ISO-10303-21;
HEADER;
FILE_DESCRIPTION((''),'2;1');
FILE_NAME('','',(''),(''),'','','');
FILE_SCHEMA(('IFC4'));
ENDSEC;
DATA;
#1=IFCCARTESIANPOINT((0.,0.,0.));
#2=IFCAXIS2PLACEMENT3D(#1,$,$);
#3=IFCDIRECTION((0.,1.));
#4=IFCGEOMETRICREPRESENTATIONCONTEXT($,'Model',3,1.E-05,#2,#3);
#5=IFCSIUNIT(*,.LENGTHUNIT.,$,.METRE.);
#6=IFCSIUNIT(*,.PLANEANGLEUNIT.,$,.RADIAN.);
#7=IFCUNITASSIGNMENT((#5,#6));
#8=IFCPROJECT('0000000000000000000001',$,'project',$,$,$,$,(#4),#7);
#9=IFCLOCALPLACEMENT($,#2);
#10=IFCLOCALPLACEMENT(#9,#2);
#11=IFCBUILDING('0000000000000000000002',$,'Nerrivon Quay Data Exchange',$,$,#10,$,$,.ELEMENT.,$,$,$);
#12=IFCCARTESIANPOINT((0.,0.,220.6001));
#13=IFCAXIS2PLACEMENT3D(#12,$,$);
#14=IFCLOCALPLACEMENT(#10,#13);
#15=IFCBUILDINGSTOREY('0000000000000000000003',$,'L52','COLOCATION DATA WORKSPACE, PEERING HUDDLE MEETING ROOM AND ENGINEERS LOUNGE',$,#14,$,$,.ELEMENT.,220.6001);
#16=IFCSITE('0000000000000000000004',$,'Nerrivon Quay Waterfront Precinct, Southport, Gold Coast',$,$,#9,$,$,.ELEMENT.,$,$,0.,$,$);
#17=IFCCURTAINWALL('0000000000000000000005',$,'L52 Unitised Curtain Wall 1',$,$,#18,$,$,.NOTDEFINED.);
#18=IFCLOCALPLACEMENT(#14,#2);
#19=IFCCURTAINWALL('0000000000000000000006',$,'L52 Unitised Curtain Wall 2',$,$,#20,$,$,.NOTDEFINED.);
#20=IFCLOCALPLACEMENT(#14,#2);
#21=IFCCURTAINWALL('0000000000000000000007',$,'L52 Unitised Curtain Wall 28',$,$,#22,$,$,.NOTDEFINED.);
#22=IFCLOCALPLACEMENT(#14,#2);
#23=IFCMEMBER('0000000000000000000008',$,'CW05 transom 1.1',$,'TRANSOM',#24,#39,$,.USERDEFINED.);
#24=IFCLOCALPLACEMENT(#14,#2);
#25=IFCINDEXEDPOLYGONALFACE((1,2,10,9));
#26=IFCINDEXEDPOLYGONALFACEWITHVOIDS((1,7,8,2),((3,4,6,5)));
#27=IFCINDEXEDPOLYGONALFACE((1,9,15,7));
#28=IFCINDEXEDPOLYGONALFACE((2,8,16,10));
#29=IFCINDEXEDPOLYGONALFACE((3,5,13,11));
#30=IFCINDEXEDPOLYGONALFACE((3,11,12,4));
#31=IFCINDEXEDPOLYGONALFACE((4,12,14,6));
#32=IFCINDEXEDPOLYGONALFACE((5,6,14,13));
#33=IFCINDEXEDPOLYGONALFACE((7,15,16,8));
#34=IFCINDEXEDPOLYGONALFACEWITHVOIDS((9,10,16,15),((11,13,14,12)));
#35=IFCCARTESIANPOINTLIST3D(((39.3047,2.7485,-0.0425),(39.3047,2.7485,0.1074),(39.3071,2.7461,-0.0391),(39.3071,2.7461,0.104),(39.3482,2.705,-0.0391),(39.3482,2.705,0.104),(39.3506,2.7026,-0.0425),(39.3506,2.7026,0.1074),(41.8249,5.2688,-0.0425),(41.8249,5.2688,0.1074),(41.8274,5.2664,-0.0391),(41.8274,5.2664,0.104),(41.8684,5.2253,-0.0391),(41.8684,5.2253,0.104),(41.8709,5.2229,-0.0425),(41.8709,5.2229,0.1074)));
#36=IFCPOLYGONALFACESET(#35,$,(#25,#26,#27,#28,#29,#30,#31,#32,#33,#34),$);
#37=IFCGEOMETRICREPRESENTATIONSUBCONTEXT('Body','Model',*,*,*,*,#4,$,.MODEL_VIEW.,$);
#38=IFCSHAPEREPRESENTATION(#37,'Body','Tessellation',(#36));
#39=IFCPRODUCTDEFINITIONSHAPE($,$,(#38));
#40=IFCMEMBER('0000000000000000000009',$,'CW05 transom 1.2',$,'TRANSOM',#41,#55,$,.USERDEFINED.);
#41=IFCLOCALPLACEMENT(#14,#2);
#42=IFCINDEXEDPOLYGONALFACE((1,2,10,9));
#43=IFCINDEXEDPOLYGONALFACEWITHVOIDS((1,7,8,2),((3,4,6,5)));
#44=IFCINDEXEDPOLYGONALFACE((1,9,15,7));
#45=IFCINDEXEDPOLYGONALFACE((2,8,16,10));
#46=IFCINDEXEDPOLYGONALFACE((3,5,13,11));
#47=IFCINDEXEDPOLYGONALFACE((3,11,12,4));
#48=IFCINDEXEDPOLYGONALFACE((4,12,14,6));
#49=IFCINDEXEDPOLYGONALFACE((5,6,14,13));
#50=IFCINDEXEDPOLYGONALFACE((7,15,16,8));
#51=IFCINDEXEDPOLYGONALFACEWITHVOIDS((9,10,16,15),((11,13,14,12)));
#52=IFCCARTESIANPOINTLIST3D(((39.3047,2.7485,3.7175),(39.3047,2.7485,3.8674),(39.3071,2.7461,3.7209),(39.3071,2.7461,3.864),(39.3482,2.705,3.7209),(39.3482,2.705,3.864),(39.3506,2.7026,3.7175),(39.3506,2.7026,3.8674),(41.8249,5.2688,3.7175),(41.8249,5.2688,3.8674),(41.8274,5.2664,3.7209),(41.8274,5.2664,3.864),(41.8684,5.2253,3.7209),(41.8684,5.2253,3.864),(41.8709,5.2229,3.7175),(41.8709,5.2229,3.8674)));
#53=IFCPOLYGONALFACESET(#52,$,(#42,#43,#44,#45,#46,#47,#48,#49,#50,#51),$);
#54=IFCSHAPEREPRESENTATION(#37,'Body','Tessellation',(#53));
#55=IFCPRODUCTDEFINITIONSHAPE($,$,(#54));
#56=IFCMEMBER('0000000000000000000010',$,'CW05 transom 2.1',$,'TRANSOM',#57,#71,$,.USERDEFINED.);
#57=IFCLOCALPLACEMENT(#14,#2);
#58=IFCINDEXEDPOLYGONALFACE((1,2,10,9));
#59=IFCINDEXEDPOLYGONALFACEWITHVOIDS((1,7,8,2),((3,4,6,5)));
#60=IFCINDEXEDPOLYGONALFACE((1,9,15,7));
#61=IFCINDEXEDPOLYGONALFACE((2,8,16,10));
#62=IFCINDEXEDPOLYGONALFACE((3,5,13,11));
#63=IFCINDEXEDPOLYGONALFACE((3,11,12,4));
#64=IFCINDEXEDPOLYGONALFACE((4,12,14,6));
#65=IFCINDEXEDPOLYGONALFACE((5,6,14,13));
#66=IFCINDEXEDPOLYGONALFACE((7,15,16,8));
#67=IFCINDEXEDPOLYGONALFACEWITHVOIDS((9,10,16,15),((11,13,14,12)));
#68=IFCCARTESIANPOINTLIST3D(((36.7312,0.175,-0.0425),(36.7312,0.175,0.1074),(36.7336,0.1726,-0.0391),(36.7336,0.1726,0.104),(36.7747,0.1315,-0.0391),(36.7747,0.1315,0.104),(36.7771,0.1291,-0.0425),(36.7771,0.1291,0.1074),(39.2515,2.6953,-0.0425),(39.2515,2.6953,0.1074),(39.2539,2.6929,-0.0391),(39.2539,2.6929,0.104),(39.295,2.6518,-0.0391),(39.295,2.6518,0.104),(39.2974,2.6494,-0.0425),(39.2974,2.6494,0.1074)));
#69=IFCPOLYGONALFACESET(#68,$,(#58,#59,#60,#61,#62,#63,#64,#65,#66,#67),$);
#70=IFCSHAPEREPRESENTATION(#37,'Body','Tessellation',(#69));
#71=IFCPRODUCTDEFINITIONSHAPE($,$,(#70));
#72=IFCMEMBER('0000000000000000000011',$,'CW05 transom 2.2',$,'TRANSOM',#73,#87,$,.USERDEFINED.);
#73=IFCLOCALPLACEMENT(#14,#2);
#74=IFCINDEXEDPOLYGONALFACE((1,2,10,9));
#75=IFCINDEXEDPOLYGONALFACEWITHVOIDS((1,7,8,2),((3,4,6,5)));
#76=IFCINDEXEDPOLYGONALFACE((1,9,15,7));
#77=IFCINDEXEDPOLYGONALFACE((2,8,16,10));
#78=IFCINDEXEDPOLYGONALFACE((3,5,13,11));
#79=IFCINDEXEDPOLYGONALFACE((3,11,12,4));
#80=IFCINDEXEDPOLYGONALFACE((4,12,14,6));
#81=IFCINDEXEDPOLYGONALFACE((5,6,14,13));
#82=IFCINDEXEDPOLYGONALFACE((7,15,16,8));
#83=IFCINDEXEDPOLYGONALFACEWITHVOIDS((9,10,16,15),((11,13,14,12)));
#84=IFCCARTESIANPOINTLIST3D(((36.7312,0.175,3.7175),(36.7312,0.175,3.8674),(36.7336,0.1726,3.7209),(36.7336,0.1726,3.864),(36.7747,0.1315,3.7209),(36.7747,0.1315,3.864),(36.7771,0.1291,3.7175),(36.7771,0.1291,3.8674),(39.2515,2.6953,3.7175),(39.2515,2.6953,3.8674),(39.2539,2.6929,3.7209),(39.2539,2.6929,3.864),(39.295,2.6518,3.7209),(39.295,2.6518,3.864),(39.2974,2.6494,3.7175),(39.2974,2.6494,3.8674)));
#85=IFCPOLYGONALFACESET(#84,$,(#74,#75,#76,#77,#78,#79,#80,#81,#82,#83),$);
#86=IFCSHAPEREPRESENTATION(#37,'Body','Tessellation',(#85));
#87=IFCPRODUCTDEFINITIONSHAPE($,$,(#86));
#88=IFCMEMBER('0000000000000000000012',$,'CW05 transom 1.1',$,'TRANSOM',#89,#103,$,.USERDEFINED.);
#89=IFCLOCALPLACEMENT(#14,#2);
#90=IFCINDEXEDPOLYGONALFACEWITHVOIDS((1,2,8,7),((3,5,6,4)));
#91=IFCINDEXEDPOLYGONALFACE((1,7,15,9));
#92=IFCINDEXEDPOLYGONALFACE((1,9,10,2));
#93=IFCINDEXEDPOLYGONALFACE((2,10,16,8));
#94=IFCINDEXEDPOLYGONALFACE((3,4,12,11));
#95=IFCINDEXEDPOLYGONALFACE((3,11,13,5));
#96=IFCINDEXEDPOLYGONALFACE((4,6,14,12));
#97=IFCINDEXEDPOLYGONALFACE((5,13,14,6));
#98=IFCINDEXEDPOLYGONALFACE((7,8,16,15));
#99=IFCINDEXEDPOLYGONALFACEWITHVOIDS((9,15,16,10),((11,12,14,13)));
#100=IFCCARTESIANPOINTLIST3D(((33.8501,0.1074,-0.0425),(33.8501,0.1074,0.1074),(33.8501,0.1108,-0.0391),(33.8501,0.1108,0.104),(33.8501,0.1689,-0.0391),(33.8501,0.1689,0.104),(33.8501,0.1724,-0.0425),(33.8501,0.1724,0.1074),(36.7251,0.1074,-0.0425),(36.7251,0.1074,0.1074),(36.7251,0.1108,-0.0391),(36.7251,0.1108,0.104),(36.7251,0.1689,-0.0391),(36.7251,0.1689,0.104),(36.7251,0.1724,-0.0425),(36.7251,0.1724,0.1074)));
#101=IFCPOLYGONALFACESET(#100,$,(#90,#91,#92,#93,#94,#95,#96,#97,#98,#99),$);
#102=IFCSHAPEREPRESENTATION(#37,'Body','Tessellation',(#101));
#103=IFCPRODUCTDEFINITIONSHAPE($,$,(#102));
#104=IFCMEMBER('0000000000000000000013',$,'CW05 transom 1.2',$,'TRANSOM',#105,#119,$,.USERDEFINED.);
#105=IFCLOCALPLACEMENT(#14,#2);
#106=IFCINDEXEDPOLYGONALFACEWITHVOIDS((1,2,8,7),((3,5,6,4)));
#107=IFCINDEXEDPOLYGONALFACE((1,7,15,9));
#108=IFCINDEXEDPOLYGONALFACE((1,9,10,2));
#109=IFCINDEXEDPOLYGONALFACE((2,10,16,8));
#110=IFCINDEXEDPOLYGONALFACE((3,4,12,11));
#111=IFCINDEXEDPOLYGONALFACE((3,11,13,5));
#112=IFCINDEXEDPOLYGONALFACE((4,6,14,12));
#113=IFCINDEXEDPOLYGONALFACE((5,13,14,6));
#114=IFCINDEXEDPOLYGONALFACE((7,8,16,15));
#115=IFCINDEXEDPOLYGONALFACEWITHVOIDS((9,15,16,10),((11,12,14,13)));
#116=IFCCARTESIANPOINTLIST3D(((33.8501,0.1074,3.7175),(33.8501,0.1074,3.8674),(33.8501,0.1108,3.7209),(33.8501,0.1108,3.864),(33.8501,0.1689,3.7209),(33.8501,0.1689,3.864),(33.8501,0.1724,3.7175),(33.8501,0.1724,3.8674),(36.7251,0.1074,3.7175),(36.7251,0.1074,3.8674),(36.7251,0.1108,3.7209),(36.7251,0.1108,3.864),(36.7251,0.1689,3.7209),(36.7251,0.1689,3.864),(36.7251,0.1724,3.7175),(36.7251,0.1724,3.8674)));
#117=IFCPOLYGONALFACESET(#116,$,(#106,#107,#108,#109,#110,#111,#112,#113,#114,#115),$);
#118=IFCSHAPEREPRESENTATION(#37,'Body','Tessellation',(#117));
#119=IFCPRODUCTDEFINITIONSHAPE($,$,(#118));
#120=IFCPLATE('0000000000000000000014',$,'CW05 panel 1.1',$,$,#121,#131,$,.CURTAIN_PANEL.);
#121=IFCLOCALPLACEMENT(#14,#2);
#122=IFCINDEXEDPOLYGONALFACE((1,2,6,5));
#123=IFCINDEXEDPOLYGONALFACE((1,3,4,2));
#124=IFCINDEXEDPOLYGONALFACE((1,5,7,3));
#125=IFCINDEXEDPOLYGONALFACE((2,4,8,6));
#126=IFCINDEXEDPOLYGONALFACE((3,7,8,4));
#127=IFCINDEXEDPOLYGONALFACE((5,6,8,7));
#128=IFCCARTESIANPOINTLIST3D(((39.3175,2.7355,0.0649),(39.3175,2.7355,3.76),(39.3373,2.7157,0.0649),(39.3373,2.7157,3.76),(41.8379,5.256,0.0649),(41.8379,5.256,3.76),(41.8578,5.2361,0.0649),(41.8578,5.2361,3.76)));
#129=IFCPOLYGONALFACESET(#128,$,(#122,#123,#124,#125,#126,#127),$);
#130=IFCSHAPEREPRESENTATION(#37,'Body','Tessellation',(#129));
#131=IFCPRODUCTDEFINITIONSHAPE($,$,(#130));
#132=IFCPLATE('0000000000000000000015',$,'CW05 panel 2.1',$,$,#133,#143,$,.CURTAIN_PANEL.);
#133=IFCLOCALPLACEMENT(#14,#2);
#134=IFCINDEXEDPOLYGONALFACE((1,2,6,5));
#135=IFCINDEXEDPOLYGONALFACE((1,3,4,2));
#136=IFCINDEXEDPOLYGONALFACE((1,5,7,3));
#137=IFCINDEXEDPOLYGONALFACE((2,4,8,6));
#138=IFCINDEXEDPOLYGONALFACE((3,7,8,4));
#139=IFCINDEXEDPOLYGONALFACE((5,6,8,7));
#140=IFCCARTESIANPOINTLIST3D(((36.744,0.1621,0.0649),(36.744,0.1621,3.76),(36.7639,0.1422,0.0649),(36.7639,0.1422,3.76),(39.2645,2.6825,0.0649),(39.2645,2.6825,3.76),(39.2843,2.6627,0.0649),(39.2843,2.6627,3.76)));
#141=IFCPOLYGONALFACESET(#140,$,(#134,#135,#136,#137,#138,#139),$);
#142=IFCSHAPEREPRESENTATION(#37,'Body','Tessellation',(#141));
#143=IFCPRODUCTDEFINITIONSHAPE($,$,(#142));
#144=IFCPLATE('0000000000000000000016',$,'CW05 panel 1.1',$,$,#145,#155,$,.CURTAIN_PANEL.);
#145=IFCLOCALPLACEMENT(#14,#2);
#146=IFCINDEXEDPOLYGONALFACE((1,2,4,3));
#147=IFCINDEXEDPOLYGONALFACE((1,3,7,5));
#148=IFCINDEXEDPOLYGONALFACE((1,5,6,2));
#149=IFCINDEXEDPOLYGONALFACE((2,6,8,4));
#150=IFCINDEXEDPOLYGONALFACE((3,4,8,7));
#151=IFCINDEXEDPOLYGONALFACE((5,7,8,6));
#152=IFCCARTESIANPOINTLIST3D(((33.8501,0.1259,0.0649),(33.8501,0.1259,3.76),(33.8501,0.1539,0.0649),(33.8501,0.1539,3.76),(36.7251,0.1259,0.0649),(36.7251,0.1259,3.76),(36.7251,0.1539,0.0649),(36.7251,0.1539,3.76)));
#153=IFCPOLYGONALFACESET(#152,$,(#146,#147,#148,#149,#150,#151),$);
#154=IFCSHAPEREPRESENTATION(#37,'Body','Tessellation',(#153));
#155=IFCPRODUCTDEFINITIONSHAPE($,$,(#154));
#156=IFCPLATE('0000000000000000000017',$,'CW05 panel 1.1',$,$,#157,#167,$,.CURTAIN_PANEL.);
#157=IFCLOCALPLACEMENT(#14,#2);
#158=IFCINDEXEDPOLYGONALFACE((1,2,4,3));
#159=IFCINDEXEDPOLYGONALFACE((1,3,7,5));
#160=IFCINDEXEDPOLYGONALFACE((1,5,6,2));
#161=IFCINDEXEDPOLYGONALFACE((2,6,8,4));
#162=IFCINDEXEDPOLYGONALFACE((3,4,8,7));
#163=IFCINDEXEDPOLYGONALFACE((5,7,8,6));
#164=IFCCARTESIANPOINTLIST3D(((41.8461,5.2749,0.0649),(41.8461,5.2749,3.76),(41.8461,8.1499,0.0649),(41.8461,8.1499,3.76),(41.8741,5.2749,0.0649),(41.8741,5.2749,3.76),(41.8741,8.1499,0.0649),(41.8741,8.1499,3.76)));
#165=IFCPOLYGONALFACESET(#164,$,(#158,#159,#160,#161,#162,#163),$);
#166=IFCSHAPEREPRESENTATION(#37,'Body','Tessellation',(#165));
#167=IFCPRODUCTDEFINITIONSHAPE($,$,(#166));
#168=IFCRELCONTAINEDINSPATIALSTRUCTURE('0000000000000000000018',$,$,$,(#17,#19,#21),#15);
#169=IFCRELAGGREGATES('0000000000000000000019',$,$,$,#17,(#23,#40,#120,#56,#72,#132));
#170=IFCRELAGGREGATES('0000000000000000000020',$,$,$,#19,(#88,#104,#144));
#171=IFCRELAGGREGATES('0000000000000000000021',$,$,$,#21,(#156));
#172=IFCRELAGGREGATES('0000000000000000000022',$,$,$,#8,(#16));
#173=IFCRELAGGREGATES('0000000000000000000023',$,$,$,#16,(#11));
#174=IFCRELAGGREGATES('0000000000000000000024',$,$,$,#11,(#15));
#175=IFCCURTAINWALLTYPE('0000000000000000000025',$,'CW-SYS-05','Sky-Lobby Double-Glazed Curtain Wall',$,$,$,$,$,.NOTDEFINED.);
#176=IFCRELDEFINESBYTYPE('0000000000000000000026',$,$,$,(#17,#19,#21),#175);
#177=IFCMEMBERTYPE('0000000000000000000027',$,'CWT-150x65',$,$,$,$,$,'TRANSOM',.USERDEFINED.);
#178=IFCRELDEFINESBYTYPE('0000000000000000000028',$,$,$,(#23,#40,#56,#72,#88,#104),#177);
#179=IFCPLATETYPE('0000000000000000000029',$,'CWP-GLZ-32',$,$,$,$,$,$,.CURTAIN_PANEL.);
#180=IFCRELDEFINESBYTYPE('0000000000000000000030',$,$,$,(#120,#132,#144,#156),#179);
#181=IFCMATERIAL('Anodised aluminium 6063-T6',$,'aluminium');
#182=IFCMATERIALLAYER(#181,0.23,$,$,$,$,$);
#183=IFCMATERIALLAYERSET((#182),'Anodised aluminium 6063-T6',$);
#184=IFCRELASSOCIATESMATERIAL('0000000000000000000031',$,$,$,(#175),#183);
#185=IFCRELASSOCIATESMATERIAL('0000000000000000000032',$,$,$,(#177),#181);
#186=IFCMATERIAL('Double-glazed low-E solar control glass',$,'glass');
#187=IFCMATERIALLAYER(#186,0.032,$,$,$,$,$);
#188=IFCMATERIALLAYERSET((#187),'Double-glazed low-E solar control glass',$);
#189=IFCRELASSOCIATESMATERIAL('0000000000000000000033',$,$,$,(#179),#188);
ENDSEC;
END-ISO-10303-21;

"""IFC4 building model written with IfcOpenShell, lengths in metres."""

from ifc_helpers import new_model, si_unit, direction, frame, origin, origin_2d, place, context, subcontext, project, spatial, rectangle, hollow_rectangle, extrude, material, layer, layer_set, material_profile, profile_set, type_object, element, aggregate, save


model = new_model("IFC4")

# Units and contexts
model_context = context("Model", 3, precision=1e-05, world=origin(), true_north=direction((0.0, 1.0)))
body_context = subcontext(model_context, "Body", "Model", "MODEL_VIEW")
ifc_project = project(units=[si_unit("LENGTHUNIT", "METRE"), si_unit("PLANEANGLEUNIT", "RADIAN")], contexts=[model_context])

# Site, building, storey
site_placement = place(None, origin())
site = spatial("IfcSite", under=ifc_project, at=site_placement, Name="Nerrivon Quay Waterfront Precinct, Southport, Gold Coast", CompositionType="ELEMENT", RefElevation=0.0)
building_placement = place(site_placement, origin())
building = spatial("IfcBuilding", under=site, at=building_placement, Name="Nerrivon Quay Data Exchange", CompositionType="ELEMENT")
storey_placement = place(building_placement, frame((0.0, 0.0, 220.6001)))
storey = spatial("IfcBuildingStorey", under=building, at=storey_placement, Name="L52", Description="COLOCATION DATA WORKSPACE, PEERING HUDDLE MEETING ROOM AND ENGINEERS LOUNGE", CompositionType="ELEMENT", Elevation=220.6001)

# Curtain walls
ifc_material_1 = material(Name="Anodised aluminium 6063-T6", Category="aluminium")
ifc_layer_1 = layer(ifc_material_1, 0.23)
ifc_layer_set_1 = layer_set([ifc_layer_1], Name="Anodised aluminium 6063-T6")
curtain_wall_type = type_object("IfcCurtainWallType", Name="CW-SYS-05", Description="Sky-Lobby Double-Glazed Curtain Wall", PredefinedType="NOTDEFINED", material=ifc_layer_set_1)
curtain_wall_1_placement = place(storey_placement, origin())
curtain_wall_1 = element("IfcCurtainWall", 1, at=curtain_wall_1_placement, inside=storey, type_object=curtain_wall_type, Name="L52 Unitised Curtain Wall 1", PredefinedType="NOTDEFINED")
curtain_wall_2_placement = place(storey_placement, origin())
curtain_wall_2 = element("IfcCurtainWall", 2, at=curtain_wall_2_placement, inside=storey, type_object=curtain_wall_type, Name="L52 Unitised Curtain Wall 2", PredefinedType="NOTDEFINED")

# Curtain wall
curtain_wall_3_placement = place(storey_placement, origin())
curtain_wall_3 = element("IfcCurtainWall", 3, at=curtain_wall_3_placement, inside=storey, type_object=curtain_wall_type, Name="L52 Unitised Curtain Wall 28", PredefinedType="NOTDEFINED")

# Members
ifc_material_profile_1 = material_profile(ifc_material_1, hollow_rectangle(XDim=0.0649, YDim=0.1499, WallThickness=0.0034, at=origin_2d()), Name="ALU-TRAN-150x65")
ifc_profile_set_1 = profile_set([ifc_material_profile_1], Name="Anodised aluminium 6063-T6")
member_type_1 = type_object("IfcMemberType", Name="CWT-150x65", ElementType="TRANSOM", PredefinedType="USERDEFINED", material=ifc_profile_set_1)
member_1_placement = place(storey_placement, frame((41.8479, 5.2458, 0.0325), z_axis=(-0.707107, -0.707107, 0.0), x_axis=(0.707107, -0.707107, 0.0)))
member_1 = element("IfcMember", 4, at=member_1_placement, type_object=member_type_1, Name="CW05 transom 1.1", ObjectType="TRANSOM", PredefinedType="USERDEFINED", context=body_context, shape_type="SweptSolid", body=[
    extrude(hollow_rectangle(XDim=0.0649, YDim=0.1499, WallThickness=0.0034, at=origin_2d()), origin(), (0.0, 0.0, 1.0), 3.5642),
])
member_2_placement = place(storey_placement, frame((41.8479, 5.2458, 3.7925), z_axis=(-0.707107, -0.707107, 0.0), x_axis=(0.707107, -0.707107, 0.0)))
member_2 = element("IfcMember", 5, at=member_2_placement, type_object=member_type_1, Name="CW05 transom 1.2", ObjectType="TRANSOM", PredefinedType="USERDEFINED", context=body_context, shape_type="SweptSolid", body=[
    extrude(hollow_rectangle(XDim=0.0649, YDim=0.1499, WallThickness=0.0034, at=origin_2d()), origin(), (0.0, 0.0, 1.0), 3.5642),
])
member_3_placement = place(storey_placement, frame((39.2744, 2.6724, 0.0325), z_axis=(-0.707107, -0.707107, 0.0), x_axis=(0.707107, -0.707107, 0.0)))
member_3 = element("IfcMember", 6, at=member_3_placement, type_object=member_type_1, Name="CW05 transom 2.1", ObjectType="TRANSOM", PredefinedType="USERDEFINED", context=body_context, shape_type="SweptSolid", body=[
    extrude(hollow_rectangle(XDim=0.0649, YDim=0.1499, WallThickness=0.0034, at=origin_2d()), origin(), (0.0, 0.0, 1.0), 3.5642),
])
member_4_placement = place(storey_placement, frame((39.2744, 2.6724, 3.7925), z_axis=(-0.707107, -0.707107, 0.0), x_axis=(0.707107, -0.707107, 0.0)))
member_4 = element("IfcMember", 7, at=member_4_placement, type_object=member_type_1, Name="CW05 transom 2.2", ObjectType="TRANSOM", PredefinedType="USERDEFINED", context=body_context, shape_type="SweptSolid", body=[
    extrude(hollow_rectangle(XDim=0.0649, YDim=0.1499, WallThickness=0.0034, at=origin_2d()), origin(), (0.0, 0.0, 1.0), 3.5642),
])
member_5_placement = place(storey_placement, frame((36.7251, 0.1399, 0.0325), z_axis=(-1.0, 0.0, 0.0), x_axis=(0.0, -1.0, 0.0)))
member_5 = element("IfcMember", 8, at=member_5_placement, type_object=member_type_1, Name="CW05 transom 1.1", ObjectType="TRANSOM", PredefinedType="USERDEFINED", context=body_context, shape_type="SweptSolid", body=[
    extrude(hollow_rectangle(XDim=0.0649, YDim=0.1499, WallThickness=0.0034, at=origin_2d()), origin(), (0.0, 0.0, 1.0), 2.875),
])
member_6_placement = place(storey_placement, frame((36.7251, 0.1399, 3.7925), z_axis=(-1.0, 0.0, 0.0), x_axis=(0.0, -1.0, 0.0)))
member_6 = element("IfcMember", 9, at=member_6_placement, type_object=member_type_1, Name="CW05 transom 1.2", ObjectType="TRANSOM", PredefinedType="USERDEFINED", context=body_context, shape_type="SweptSolid", body=[
    extrude(hollow_rectangle(XDim=0.0649, YDim=0.1499, WallThickness=0.0034, at=origin_2d()), origin(), (0.0, 0.0, 1.0), 2.875),
])

# Plates
ifc_material_2 = material(Name="Double-glazed low-E solar control glass", Category="glass")
ifc_layer_2 = layer(ifc_material_2, 0.032)
ifc_layer_set_2 = layer_set([ifc_layer_2], Name="Double-glazed low-E solar control glass")
plate_type = type_object("IfcPlateType", Name="CWP-GLZ-32", PredefinedType="CURTAIN_PANEL", material=ifc_layer_set_2)
plate_1_placement = place(storey_placement, frame((40.5876, 3.9858, 0.0649), z_axis=(0.0, 0.0, 1.0), x_axis=(-0.707107, -0.707107, 0.0)))
plate_1 = element("IfcPlate", 10, at=plate_1_placement, type_object=plate_type, Name="CW05 panel 1.1", PredefinedType="CURTAIN_PANEL", context=body_context, shape_type="SweptSolid", body=[
    extrude(rectangle(XDim=3.5645, YDim=0.0281, at=origin_2d()), origin(), (0.0, 0.0, 1.0), 3.6951),
])
plate_2_placement = place(storey_placement, frame((38.0142, 1.4124, 0.0649), z_axis=(0.0, 0.0, 1.0), x_axis=(-0.707107, -0.707107, 0.0)))
plate_2 = element("IfcPlate", 11, at=plate_2_placement, type_object=plate_type, Name="CW05 panel 2.1", PredefinedType="CURTAIN_PANEL", context=body_context, shape_type="SweptSolid", body=[
    extrude(rectangle(XDim=3.5645, YDim=0.0281, at=origin_2d()), origin(), (0.0, 0.0, 1.0), 3.6951),
])
aggregate(curtain_wall_1, [member_1, member_2, plate_1, member_3, member_4, plate_2])
plate_3_placement = place(storey_placement, frame((35.2876, 0.1399, 0.0649), z_axis=(0.0, 0.0, 1.0), x_axis=(-1.0, 0.0, 0.0)))
plate_3 = element("IfcPlate", 12, at=plate_3_placement, type_object=plate_type, Name="CW05 panel 1.1", PredefinedType="CURTAIN_PANEL", context=body_context, shape_type="SweptSolid", body=[
    extrude(rectangle(XDim=2.875, YDim=0.0281, at=origin_2d()), origin(), (0.0, 0.0, 1.0), 3.6951),
])
aggregate(curtain_wall_2, [member_5, member_6, plate_3])
plate_4_placement = place(storey_placement, frame((41.8601, 6.7124, 0.0649), z_axis=(0.0, 0.0, 1.0), x_axis=(0.0, -1.0, 0.0)))
plate_4 = element("IfcPlate", 13, at=plate_4_placement, type_object=plate_type, Name="CW05 panel 1.1", PredefinedType="CURTAIN_PANEL", context=body_context, shape_type="SweptSolid", body=[
    extrude(rectangle(XDim=2.875, YDim=0.0281, at=origin_2d()), origin(), (0.0, 0.0, 1.0), 3.6951),
])
aggregate(curtain_wall_3, [plate_4])

save(model, "model.ifc")
